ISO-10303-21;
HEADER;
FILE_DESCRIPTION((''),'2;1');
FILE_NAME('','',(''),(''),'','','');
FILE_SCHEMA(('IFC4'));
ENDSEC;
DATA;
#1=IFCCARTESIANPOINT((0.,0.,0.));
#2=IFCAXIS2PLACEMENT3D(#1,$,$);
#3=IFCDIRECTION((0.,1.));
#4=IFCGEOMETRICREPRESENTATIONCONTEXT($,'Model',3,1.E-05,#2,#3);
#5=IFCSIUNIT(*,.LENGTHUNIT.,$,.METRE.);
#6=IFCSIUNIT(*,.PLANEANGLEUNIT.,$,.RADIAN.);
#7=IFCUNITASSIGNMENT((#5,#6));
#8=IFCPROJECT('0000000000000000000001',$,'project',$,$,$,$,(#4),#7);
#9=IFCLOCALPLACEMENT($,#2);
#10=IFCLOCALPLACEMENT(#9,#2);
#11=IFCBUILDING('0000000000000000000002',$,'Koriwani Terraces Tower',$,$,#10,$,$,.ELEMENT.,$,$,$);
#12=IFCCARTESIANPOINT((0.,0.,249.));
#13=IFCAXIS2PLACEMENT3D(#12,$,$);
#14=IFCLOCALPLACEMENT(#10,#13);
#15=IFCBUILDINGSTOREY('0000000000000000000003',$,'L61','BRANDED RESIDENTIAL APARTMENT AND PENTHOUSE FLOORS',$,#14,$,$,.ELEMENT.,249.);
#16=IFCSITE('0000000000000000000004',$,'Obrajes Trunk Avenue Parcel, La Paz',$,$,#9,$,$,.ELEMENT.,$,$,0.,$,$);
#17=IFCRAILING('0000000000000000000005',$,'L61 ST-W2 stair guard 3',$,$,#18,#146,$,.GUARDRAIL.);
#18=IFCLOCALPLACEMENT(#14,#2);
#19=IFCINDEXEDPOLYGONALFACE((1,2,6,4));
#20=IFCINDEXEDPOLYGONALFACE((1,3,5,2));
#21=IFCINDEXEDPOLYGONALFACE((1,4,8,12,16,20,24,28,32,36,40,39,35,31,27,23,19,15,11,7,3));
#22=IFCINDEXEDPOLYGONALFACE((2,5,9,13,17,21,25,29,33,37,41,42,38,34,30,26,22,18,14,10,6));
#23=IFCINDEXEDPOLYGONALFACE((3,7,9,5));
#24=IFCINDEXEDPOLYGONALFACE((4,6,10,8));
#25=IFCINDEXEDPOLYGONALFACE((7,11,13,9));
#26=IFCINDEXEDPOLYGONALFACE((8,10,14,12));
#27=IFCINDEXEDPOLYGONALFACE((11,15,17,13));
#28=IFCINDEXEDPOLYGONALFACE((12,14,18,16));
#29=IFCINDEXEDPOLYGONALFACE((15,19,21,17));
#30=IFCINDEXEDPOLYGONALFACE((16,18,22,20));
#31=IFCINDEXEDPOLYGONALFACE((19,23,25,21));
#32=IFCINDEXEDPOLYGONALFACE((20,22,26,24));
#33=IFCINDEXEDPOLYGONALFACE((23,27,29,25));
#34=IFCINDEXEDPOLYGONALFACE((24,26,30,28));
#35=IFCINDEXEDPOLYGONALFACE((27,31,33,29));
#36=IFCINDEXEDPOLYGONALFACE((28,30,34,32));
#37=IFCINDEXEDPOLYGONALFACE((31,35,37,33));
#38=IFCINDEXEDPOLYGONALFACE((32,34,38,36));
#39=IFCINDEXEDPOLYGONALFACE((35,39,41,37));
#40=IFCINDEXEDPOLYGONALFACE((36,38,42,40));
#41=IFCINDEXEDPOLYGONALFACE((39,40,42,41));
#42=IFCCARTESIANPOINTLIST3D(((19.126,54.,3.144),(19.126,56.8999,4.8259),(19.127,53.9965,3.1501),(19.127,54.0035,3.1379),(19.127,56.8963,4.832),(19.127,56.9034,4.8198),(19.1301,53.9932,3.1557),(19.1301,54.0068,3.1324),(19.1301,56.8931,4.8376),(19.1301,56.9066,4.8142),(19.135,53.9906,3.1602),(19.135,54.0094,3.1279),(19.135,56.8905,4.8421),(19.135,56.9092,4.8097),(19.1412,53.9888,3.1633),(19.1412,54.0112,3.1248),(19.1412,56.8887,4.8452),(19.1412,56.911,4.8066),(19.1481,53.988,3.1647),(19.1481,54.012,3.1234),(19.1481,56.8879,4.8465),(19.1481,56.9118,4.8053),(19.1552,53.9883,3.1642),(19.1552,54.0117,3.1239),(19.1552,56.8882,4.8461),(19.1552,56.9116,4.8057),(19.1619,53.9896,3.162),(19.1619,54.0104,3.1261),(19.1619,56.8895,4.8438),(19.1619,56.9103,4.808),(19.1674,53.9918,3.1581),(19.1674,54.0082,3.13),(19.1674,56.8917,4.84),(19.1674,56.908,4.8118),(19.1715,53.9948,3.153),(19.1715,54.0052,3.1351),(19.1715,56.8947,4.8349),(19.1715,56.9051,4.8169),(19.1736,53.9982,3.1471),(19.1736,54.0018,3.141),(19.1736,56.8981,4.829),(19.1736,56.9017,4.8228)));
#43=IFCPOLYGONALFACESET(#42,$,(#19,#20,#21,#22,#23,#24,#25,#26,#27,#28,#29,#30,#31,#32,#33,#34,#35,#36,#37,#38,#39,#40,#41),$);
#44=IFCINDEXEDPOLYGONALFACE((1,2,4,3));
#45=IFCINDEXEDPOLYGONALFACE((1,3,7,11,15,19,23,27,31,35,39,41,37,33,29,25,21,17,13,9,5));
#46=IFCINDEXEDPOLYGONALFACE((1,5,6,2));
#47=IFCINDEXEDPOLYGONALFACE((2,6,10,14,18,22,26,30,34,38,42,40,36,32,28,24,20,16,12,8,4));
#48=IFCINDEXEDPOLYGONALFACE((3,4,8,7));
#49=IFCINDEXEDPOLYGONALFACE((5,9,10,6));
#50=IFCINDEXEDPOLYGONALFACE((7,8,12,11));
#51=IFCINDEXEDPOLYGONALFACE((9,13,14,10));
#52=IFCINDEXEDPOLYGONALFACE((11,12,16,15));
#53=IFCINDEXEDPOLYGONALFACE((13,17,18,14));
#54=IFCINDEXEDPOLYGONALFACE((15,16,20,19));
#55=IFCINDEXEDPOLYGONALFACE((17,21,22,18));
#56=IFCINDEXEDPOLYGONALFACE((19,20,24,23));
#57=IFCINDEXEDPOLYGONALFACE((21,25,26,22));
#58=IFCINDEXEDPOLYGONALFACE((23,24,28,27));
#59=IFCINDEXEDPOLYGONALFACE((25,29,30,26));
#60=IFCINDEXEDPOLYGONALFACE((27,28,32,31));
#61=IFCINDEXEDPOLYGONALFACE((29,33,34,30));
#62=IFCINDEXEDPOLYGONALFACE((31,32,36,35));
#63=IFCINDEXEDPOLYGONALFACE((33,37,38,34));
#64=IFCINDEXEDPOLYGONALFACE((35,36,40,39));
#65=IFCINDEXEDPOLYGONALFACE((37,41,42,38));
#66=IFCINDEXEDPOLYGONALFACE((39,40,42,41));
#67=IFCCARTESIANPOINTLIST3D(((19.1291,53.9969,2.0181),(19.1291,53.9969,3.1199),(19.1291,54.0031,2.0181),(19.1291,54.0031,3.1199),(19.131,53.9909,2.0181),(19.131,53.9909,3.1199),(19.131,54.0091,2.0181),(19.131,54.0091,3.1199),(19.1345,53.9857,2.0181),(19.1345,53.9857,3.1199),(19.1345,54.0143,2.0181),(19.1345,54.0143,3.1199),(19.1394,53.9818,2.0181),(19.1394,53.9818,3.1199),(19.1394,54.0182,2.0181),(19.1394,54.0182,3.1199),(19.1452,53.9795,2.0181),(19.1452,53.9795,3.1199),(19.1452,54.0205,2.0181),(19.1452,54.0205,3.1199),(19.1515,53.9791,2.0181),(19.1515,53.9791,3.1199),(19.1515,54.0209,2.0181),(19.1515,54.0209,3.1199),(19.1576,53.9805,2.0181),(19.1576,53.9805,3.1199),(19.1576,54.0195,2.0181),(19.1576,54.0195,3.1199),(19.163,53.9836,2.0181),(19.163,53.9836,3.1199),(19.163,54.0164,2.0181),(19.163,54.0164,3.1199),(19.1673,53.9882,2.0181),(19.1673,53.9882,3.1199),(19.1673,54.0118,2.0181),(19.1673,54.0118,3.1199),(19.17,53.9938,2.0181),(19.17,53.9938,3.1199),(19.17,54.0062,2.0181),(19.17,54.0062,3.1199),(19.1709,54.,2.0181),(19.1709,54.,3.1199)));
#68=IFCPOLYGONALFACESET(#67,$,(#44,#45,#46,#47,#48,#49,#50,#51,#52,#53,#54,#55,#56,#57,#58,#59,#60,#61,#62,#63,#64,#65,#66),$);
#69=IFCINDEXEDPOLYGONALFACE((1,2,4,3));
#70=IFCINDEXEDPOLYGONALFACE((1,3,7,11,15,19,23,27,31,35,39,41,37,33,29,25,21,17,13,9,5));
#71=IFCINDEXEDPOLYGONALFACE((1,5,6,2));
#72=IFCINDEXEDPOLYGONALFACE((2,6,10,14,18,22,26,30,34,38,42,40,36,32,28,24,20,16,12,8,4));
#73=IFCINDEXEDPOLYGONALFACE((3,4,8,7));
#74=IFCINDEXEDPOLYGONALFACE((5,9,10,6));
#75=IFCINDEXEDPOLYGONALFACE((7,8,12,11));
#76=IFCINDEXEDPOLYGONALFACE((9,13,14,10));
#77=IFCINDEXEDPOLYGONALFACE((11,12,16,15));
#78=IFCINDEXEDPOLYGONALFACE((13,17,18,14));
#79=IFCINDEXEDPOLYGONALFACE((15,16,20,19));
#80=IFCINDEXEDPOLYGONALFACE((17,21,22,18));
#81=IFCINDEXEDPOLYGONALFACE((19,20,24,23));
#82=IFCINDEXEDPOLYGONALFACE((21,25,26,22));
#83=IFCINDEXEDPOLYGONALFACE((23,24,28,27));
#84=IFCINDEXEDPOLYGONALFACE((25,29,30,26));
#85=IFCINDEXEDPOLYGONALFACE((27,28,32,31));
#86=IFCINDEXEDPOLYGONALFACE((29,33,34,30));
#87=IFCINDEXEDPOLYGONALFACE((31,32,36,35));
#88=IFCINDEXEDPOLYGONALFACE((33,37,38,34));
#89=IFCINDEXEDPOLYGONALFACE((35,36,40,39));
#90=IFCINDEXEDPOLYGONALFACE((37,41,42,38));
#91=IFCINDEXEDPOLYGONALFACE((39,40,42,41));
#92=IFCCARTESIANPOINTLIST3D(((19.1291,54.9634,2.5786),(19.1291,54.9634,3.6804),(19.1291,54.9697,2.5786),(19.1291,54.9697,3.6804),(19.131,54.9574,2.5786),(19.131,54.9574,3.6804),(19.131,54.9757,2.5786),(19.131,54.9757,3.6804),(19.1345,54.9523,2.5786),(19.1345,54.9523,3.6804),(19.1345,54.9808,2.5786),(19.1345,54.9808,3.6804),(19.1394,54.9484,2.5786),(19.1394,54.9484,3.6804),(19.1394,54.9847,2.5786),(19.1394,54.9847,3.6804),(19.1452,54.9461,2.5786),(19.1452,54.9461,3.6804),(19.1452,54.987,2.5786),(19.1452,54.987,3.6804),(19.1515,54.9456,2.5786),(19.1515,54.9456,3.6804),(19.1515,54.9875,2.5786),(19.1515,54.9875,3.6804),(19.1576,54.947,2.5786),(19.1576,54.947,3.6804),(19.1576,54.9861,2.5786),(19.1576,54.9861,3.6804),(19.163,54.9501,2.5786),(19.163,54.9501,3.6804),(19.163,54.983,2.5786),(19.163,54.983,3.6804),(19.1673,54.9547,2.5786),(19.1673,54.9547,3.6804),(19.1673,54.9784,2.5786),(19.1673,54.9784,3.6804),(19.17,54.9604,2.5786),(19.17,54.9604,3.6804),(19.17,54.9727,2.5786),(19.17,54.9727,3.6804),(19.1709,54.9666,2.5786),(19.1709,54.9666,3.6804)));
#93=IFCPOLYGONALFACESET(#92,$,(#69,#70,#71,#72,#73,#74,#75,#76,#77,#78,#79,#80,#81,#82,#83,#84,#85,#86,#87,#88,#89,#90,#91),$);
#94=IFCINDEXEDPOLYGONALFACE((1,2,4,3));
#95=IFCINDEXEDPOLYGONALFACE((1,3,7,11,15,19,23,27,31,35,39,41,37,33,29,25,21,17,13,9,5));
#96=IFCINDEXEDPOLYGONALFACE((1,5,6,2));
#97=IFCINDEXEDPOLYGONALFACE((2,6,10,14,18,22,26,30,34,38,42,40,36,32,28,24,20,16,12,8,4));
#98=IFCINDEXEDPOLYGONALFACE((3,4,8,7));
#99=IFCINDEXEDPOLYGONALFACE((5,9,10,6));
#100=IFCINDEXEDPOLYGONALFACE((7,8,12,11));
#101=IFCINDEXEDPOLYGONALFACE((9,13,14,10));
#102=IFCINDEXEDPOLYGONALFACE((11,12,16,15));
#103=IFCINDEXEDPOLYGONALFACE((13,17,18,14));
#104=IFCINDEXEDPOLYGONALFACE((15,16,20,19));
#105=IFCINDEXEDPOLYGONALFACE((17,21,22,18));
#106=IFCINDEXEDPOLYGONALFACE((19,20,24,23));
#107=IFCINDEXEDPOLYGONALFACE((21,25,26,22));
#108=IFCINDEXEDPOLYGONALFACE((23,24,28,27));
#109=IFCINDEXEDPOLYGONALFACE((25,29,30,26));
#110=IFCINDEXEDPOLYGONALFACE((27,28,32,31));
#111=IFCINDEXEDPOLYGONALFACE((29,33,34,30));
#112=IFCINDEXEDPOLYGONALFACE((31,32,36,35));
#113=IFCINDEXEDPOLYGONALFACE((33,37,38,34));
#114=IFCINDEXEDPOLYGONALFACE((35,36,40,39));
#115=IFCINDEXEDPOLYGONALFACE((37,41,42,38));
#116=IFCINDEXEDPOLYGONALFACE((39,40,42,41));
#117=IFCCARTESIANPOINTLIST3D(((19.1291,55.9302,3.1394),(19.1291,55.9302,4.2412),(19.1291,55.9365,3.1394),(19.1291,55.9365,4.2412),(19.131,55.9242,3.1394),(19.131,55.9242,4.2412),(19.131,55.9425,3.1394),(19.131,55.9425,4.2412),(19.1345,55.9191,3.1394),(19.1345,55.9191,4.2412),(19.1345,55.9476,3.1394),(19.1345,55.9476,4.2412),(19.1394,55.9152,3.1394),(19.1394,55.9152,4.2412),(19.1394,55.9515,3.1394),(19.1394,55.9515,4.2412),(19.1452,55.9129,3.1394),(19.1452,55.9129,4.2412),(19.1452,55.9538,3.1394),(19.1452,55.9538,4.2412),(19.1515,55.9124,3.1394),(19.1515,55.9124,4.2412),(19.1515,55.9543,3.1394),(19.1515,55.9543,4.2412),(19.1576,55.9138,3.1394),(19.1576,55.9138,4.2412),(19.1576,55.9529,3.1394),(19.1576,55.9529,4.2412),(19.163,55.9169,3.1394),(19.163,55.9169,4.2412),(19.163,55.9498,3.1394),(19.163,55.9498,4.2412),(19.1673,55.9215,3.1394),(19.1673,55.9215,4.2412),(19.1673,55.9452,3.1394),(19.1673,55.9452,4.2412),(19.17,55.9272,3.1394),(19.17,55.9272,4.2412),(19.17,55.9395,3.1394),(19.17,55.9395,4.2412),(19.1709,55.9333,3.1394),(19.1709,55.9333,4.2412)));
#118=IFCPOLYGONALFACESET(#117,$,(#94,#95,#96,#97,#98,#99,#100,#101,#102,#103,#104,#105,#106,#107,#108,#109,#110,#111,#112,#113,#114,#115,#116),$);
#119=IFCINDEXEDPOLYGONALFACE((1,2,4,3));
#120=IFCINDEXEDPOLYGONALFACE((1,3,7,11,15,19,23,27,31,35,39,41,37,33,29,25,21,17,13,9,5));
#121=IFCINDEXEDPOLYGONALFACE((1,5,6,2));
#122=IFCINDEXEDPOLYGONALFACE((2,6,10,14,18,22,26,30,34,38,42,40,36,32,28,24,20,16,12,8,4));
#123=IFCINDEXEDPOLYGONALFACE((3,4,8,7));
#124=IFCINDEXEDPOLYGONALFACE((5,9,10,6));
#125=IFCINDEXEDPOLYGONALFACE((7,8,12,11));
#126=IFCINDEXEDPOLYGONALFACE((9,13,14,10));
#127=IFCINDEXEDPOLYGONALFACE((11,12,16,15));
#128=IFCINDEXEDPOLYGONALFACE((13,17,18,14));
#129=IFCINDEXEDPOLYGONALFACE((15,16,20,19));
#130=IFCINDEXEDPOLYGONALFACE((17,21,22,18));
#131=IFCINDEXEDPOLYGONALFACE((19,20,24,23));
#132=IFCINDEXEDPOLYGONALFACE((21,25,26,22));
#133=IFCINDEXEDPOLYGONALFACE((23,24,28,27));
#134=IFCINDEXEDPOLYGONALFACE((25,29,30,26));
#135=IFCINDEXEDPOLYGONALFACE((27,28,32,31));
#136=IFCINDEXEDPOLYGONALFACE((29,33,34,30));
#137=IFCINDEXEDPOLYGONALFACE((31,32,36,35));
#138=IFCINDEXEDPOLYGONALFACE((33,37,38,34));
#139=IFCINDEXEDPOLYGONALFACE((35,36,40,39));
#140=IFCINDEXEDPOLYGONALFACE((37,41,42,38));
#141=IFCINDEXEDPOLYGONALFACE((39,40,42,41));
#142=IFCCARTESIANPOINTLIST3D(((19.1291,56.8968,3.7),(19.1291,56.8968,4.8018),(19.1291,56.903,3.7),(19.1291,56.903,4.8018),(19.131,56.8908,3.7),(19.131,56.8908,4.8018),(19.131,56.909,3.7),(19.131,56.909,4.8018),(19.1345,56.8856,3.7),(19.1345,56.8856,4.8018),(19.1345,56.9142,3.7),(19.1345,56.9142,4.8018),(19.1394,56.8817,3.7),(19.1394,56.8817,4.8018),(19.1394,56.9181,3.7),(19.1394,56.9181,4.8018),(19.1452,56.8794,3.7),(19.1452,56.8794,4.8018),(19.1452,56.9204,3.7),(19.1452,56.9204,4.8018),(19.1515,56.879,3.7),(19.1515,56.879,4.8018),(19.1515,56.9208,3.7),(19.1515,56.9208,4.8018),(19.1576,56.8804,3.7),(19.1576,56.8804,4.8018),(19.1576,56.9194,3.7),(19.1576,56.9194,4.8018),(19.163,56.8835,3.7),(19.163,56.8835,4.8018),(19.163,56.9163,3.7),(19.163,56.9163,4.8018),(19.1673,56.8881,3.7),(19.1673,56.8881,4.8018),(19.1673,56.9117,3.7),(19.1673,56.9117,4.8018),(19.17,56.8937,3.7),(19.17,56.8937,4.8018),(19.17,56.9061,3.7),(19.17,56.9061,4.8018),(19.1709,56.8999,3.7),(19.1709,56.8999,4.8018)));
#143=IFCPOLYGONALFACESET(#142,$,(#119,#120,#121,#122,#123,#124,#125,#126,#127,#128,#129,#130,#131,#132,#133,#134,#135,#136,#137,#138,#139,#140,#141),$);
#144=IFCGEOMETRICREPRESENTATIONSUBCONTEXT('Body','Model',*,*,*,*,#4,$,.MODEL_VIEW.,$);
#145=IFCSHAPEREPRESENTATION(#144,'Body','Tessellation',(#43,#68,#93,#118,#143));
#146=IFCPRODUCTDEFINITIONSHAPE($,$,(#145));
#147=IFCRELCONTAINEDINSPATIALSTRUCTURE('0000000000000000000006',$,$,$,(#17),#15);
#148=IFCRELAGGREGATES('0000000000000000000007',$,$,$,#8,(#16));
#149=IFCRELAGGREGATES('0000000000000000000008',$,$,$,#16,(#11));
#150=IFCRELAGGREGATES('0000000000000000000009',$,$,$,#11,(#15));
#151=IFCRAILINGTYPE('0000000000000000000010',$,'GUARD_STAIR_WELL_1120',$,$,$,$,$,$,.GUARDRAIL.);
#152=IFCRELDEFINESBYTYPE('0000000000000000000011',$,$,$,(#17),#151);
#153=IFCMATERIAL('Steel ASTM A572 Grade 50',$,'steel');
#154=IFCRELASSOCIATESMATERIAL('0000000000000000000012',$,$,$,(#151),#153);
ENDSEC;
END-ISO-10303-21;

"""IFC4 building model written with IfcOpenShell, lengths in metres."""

from ifc_helpers import new_model, si_unit, direction, frame, origin, origin_2d, place, context, subcontext, project, spatial, circle, extrude, material, type_object, element, save


model = new_model("IFC4")

# Units and contexts
model_context = context("Model", 3, precision=1e-05, world=origin(), true_north=direction((0.0, 1.0)))
body_context = subcontext(model_context, "Body", "Model", "MODEL_VIEW")
ifc_project = project(units=[si_unit("LENGTHUNIT", "METRE"), si_unit("PLANEANGLEUNIT", "RADIAN")], contexts=[model_context])

# Site, building, storey
site_placement = place(None, origin())
site = spatial("IfcSite", under=ifc_project, at=site_placement, Name="Obrajes Trunk Avenue Parcel, La Paz", CompositionType="ELEMENT", RefElevation=0.0)
building_placement = place(site_placement, origin())
building = spatial("IfcBuilding", under=site, at=building_placement, Name="Koriwani Terraces Tower", CompositionType="ELEMENT")
storey_placement = place(building_placement, frame((0.0, 0.0, 249.0)))
storey = spatial("IfcBuildingStorey", under=building, at=storey_placement, Name="L61", Description="BRANDED RESIDENTIAL APARTMENT AND PENTHOUSE FLOORS", CompositionType="ELEMENT", Elevation=249.0)

# Shared definitions
ifc_material_1 = material(Name="Steel ASTM A572 Grade 50", Category="steel")

# Railing
railing_type_1 = type_object("IfcRailingType", Name="GUARD_STAIR_WELL_1120", PredefinedType="GUARDRAIL", material=ifc_material_1)
railing_1_placement = place(storey_placement, frame((19.1499, 54.0, 2.0181)))
element("IfcRailing", 1, at=railing_1_placement, inside=storey, type_object=railing_type_1, Name="L61 ST-W2 stair guard 3", PredefinedType="GUARDRAIL", context=body_context, shape_type="SweptSolid", body=[
    extrude(circle(Radius=0.0239, at=origin_2d()), frame((0.0, 0.0, 1.126), z_axis=(0.0, 0.865039, 0.501705), x_axis=(-1.0, 0.0, 0.0)), (0.0, 0.0, 1.0), 3.3523),
    extrude(circle(Radius=0.021, at=origin_2d()), origin(), (0.0, 0.0, 1.0), 1.1018),
    extrude(circle(Radius=0.021, at=origin_2d()), frame((0.0, 0.9666, 0.5605)), (0.0, 0.0, 1.0), 1.1018),
    extrude(circle(Radius=0.021, at=origin_2d()), frame((0.0, 1.9333, 1.1213)), (0.0, 0.0, 1.0), 1.1018),
    extrude(circle(Radius=0.021, at=origin_2d()), frame((0.0, 2.8999, 1.6819)), (0.0, 0.0, 1.0), 1.1018),
])

save(model, "model.ifc")
